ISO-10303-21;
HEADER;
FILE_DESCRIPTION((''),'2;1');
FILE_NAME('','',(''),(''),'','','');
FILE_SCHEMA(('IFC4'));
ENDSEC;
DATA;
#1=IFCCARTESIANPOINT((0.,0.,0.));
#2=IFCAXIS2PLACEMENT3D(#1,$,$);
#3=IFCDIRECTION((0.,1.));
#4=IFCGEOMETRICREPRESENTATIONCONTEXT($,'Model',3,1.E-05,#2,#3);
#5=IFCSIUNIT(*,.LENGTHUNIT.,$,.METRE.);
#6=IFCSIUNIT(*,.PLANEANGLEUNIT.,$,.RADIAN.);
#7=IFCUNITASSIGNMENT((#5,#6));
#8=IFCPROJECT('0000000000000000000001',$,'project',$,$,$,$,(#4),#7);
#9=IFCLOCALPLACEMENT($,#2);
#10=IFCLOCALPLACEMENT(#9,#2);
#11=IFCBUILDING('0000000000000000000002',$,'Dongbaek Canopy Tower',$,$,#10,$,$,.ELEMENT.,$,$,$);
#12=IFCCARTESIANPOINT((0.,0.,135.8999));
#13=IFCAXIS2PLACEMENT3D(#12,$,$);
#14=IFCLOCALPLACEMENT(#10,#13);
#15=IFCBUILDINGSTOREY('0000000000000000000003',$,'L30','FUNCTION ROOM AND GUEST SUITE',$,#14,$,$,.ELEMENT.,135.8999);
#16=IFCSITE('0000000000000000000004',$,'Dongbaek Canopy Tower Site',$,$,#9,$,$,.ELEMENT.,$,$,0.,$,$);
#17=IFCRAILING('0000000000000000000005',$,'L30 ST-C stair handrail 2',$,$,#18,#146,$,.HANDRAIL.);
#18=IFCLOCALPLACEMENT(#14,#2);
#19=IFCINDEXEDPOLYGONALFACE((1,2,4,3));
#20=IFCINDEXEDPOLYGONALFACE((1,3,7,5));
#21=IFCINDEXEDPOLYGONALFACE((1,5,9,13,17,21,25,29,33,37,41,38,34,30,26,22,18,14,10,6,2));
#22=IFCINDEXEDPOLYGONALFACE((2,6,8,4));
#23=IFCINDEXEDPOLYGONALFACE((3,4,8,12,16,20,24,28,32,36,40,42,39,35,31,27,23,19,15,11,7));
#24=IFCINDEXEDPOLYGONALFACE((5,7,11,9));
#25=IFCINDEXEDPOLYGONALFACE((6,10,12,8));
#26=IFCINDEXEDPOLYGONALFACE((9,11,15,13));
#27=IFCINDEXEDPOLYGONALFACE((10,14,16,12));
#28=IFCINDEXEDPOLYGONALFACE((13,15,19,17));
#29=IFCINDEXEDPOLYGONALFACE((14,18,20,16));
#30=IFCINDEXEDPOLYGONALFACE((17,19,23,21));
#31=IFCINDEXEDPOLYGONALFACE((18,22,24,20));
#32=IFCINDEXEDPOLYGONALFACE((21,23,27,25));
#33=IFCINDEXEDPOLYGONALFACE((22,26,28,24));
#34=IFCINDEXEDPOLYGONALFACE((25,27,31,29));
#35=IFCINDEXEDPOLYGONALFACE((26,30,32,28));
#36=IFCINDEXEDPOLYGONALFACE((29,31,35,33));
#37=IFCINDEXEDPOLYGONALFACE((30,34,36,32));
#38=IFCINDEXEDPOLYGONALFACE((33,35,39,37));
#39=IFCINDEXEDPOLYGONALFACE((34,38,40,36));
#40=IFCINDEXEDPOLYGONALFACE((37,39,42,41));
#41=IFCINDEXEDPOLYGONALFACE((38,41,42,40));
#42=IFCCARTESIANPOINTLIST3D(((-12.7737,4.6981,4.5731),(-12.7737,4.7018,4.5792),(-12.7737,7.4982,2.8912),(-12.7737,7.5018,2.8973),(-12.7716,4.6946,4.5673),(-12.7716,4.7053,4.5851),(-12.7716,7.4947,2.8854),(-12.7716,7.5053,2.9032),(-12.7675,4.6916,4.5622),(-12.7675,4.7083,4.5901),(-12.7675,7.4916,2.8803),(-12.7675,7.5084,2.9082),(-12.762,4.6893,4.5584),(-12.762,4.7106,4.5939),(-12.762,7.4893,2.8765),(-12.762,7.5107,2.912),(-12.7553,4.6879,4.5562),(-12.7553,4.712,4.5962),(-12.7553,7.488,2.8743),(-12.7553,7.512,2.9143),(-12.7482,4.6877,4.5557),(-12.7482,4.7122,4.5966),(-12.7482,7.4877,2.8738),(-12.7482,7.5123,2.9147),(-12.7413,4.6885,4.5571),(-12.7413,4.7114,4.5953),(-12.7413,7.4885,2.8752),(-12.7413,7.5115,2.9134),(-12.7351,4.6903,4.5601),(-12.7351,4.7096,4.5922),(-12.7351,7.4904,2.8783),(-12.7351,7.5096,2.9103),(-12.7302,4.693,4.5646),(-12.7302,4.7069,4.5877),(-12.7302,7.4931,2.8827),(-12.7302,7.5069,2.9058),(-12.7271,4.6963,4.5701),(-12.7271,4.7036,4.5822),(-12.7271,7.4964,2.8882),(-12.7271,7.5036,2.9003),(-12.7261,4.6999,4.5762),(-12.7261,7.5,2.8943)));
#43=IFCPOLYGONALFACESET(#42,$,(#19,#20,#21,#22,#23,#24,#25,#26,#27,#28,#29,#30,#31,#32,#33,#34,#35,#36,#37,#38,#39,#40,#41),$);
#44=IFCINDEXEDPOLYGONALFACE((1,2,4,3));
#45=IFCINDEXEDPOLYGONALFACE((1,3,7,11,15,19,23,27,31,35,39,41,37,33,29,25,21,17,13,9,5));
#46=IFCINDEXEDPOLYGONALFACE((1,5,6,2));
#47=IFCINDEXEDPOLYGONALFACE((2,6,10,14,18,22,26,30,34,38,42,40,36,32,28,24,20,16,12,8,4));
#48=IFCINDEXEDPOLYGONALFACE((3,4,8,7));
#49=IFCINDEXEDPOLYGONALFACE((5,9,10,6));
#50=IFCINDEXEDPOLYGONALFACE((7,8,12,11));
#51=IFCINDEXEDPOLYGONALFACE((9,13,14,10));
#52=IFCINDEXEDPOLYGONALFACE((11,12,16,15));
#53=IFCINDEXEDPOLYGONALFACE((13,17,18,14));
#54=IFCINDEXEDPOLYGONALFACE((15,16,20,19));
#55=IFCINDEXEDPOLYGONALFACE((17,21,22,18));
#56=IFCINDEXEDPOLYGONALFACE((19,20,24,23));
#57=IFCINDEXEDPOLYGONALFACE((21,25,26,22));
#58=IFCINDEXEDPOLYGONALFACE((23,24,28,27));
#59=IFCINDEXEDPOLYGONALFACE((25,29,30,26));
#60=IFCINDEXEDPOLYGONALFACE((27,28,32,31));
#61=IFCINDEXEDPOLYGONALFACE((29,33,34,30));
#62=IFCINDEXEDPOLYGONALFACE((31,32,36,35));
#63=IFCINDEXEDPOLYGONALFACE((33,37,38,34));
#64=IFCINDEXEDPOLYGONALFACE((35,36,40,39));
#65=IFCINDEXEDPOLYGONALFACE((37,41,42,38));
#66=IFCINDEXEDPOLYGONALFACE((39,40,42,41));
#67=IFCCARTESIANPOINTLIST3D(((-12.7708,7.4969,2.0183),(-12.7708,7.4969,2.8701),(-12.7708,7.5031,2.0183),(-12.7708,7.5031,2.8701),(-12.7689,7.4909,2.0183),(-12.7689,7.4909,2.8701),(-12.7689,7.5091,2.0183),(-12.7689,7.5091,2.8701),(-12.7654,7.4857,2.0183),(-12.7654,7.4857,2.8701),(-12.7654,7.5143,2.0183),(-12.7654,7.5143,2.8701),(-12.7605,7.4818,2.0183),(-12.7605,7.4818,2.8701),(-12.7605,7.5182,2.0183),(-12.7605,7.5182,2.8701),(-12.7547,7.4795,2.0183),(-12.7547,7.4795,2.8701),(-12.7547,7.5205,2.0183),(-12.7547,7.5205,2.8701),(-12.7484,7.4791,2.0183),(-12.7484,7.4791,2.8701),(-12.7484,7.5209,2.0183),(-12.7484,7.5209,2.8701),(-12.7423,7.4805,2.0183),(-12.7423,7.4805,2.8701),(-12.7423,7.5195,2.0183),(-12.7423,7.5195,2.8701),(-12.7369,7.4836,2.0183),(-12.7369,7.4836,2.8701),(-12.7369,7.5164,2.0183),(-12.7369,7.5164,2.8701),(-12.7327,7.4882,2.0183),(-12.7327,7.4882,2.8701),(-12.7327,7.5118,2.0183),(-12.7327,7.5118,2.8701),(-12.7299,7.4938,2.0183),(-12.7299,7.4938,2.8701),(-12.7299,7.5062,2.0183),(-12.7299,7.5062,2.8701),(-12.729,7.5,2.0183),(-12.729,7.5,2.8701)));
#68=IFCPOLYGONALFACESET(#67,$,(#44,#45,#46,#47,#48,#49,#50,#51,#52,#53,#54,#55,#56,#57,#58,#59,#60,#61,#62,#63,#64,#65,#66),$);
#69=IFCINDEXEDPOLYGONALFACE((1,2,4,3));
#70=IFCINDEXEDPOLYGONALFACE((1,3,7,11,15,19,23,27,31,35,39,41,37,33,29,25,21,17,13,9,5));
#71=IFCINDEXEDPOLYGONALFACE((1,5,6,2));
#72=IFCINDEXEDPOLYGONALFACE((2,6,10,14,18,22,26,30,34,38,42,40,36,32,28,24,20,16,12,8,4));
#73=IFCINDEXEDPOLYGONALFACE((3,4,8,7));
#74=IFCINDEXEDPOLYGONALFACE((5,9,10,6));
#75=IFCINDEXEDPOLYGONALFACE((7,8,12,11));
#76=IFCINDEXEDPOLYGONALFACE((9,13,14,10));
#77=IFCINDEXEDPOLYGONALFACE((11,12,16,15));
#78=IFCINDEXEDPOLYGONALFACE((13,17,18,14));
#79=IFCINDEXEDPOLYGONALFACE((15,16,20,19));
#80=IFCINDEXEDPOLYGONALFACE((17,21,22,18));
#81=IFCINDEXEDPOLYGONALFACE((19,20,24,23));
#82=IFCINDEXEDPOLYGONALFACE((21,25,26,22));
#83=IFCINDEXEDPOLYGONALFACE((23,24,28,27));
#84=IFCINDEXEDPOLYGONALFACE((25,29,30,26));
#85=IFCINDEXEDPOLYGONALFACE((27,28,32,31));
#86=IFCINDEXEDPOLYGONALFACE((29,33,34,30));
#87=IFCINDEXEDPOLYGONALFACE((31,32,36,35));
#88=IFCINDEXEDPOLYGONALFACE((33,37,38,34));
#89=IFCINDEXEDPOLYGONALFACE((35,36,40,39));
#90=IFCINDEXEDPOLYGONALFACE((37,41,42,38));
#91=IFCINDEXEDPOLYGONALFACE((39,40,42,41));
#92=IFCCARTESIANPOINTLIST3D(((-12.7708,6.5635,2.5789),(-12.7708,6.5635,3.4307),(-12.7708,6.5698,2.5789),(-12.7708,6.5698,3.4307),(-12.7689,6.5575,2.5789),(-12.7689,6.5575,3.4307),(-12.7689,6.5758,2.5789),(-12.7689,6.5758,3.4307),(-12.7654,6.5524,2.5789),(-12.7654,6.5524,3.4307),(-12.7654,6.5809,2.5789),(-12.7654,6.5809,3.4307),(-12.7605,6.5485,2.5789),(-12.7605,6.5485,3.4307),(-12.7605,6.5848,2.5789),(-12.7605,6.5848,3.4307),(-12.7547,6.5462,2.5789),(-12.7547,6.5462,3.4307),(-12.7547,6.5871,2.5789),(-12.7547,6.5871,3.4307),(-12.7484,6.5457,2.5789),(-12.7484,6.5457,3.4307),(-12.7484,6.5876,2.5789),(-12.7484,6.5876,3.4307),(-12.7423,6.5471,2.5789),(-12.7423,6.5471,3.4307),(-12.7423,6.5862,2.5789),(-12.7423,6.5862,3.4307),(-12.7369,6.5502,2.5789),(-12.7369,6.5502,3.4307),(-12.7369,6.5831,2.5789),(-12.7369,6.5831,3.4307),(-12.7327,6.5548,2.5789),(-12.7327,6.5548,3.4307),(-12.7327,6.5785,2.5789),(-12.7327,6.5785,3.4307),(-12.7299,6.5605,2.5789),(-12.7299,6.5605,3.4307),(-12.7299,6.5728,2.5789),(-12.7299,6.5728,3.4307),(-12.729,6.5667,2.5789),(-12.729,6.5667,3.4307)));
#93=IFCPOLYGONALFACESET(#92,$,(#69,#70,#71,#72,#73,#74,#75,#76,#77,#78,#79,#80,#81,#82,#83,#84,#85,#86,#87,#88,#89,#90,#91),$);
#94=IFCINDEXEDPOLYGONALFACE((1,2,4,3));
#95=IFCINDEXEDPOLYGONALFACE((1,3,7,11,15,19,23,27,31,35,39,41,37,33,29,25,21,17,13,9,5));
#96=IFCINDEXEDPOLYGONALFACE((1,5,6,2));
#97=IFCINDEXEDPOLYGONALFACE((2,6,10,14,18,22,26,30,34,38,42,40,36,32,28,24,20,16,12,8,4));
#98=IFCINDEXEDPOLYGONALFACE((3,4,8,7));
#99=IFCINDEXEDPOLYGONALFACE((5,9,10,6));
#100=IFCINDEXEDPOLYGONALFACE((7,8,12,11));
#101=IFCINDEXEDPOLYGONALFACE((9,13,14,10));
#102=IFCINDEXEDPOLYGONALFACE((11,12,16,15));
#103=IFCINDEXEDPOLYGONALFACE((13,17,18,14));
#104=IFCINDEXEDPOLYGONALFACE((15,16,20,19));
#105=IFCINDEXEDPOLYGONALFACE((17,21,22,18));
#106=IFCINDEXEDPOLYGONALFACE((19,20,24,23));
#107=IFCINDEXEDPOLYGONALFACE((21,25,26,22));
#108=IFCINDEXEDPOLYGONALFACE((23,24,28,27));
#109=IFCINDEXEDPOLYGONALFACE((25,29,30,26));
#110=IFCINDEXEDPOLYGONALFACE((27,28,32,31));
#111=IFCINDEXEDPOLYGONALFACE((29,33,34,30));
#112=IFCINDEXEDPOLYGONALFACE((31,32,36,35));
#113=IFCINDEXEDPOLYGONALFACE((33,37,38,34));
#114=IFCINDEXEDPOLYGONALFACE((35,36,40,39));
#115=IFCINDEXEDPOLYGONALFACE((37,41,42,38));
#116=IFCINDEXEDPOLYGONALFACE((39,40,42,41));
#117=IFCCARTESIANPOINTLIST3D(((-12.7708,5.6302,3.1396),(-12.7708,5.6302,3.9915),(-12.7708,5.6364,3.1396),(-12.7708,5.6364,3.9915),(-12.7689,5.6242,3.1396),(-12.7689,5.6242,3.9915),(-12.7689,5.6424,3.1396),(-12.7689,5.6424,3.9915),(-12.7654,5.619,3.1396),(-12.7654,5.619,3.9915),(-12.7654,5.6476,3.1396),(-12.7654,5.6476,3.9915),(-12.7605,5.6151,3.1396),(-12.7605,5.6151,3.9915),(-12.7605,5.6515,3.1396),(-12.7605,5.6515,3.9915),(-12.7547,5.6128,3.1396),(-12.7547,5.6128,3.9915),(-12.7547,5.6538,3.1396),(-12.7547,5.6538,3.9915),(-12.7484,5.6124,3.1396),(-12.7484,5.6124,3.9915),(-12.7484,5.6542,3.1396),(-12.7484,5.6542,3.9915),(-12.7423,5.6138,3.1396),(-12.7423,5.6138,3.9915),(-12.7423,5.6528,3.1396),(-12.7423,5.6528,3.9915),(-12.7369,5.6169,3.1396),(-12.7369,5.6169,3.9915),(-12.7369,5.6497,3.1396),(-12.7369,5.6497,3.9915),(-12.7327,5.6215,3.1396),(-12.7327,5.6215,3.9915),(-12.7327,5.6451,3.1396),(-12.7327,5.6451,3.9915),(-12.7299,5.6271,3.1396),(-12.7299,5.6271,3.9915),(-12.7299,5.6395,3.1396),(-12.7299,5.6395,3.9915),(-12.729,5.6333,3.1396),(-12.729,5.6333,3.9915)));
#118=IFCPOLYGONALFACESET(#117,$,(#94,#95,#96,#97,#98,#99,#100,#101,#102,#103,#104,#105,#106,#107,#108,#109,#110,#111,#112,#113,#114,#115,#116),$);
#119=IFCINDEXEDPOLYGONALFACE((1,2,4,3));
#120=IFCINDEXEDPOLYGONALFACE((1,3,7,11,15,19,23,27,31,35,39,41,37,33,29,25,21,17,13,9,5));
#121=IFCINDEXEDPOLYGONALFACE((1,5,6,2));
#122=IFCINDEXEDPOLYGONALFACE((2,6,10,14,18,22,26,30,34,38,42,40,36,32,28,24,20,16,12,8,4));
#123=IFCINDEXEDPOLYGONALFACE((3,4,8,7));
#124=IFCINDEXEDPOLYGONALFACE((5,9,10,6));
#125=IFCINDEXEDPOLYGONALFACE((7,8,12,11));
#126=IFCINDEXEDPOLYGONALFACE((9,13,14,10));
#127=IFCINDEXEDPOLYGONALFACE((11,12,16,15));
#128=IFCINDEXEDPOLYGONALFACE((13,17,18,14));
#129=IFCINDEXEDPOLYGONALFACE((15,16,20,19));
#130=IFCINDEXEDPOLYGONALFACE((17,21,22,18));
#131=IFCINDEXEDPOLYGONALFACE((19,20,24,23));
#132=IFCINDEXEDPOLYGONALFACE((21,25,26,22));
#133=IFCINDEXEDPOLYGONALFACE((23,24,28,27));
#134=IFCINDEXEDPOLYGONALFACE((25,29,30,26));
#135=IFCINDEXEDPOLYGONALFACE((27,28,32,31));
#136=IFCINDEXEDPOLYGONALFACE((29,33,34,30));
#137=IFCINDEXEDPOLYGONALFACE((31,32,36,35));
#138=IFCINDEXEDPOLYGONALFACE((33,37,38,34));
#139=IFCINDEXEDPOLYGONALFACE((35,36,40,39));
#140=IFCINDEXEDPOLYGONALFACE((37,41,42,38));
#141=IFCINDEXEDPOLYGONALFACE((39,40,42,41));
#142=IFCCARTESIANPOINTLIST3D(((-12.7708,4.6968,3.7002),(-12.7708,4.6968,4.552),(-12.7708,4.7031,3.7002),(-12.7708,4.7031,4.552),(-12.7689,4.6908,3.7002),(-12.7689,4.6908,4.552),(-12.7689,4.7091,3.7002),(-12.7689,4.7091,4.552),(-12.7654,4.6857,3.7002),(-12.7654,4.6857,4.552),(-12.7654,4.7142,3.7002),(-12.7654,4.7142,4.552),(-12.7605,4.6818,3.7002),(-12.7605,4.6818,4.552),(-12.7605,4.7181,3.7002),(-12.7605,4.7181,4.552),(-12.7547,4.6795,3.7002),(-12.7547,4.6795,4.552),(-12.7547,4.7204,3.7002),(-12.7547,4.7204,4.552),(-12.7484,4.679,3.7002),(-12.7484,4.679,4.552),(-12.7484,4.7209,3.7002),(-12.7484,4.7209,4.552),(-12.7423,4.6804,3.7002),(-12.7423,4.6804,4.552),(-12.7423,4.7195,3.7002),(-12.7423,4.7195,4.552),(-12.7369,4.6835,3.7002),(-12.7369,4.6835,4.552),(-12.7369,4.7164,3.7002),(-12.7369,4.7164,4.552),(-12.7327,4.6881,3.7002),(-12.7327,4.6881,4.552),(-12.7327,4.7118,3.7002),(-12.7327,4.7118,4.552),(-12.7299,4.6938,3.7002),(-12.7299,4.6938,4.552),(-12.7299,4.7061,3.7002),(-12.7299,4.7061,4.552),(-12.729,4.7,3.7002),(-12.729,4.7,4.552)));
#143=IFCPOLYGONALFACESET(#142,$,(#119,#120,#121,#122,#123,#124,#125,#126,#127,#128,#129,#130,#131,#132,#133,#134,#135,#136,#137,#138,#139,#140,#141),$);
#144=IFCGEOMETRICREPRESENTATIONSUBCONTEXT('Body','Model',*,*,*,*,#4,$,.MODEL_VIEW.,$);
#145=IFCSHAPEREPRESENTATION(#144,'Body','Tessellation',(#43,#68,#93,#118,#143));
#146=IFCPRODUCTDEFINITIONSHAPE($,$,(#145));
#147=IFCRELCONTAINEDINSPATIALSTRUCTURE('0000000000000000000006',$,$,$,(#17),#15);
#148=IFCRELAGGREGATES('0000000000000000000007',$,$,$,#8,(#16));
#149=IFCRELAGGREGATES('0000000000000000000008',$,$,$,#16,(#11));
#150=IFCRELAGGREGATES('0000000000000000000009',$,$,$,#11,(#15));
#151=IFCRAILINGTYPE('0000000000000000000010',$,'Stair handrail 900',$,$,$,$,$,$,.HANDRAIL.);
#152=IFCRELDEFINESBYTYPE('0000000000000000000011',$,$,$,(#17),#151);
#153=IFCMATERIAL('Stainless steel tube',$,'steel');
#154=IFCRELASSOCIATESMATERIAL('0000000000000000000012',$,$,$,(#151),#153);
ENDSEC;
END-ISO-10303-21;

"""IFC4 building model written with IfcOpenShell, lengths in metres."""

from ifc_helpers import new_model, si_unit, direction, frame, origin, origin_2d, place, context, subcontext, project, spatial, circle, extrude, material, type_object, element, save


model = new_model("IFC4")

# Units and contexts
model_context = context("Model", 3, precision=1e-05, world=origin(), true_north=direction((0.0, 1.0)))
body_context = subcontext(model_context, "Body", "Model", "MODEL_VIEW")
ifc_project = project(units=[si_unit("LENGTHUNIT", "METRE"), si_unit("PLANEANGLEUNIT", "RADIAN")], contexts=[model_context])

# Site, building, storey
site_placement = place(None, origin())
site = spatial("IfcSite", under=ifc_project, at=site_placement, Name="Dongbaek Canopy Tower Site", CompositionType="ELEMENT", RefElevation=0.0)
building_placement = place(site_placement, origin())
building = spatial("IfcBuilding", under=site, at=building_placement, Name="Dongbaek Canopy Tower", CompositionType="ELEMENT")
storey_placement = place(building_placement, frame((0.0, 0.0, 135.8999)))
storey = spatial("IfcBuildingStorey", under=building, at=storey_placement, Name="L30", Description="FUNCTION ROOM AND GUEST SUITE", CompositionType="ELEMENT", Elevation=135.8999)

# Railing
ifc_material_1 = material(Name="Stainless steel tube", Category="steel")
railing_type_1 = type_object("IfcRailingType", Name="Stair handrail 900", PredefinedType="HANDRAIL", material=ifc_material_1)
railing_1_placement = place(storey_placement, frame((-12.75, 7.5, 2.0183)))
element("IfcRailing", 1, at=railing_1_placement, inside=storey, type_object=railing_type_1, Name="L30 ST-C stair handrail 2", PredefinedType="HANDRAIL", context=body_context, shape_type="SweptSolid", body=[
    extrude(circle(Radius=0.0239, at=origin_2d()), frame((0.0, 0.0, 0.876), z_axis=(0.0, -0.857242, 0.514913), x_axis=(1.0, 0.0, 0.0)), (0.0, 0.0, 1.0), 3.2664),
    extrude(circle(Radius=0.021, at=origin_2d()), origin(), (0.0, 0.0, 1.0), 0.8518),
    extrude(circle(Radius=0.021, at=origin_2d()), frame((0.0, -0.9333, 0.5605)), (0.0, 0.0, 1.0), 0.8518),
    extrude(circle(Radius=0.021, at=origin_2d()), frame((0.0, -1.8667, 1.1213)), (0.0, 0.0, 1.0), 0.8518),
    extrude(circle(Radius=0.021, at=origin_2d()), frame((0.0, -2.8, 1.6819)), (0.0, 0.0, 1.0), 0.8518),
])

save(model, "model.ifc")
